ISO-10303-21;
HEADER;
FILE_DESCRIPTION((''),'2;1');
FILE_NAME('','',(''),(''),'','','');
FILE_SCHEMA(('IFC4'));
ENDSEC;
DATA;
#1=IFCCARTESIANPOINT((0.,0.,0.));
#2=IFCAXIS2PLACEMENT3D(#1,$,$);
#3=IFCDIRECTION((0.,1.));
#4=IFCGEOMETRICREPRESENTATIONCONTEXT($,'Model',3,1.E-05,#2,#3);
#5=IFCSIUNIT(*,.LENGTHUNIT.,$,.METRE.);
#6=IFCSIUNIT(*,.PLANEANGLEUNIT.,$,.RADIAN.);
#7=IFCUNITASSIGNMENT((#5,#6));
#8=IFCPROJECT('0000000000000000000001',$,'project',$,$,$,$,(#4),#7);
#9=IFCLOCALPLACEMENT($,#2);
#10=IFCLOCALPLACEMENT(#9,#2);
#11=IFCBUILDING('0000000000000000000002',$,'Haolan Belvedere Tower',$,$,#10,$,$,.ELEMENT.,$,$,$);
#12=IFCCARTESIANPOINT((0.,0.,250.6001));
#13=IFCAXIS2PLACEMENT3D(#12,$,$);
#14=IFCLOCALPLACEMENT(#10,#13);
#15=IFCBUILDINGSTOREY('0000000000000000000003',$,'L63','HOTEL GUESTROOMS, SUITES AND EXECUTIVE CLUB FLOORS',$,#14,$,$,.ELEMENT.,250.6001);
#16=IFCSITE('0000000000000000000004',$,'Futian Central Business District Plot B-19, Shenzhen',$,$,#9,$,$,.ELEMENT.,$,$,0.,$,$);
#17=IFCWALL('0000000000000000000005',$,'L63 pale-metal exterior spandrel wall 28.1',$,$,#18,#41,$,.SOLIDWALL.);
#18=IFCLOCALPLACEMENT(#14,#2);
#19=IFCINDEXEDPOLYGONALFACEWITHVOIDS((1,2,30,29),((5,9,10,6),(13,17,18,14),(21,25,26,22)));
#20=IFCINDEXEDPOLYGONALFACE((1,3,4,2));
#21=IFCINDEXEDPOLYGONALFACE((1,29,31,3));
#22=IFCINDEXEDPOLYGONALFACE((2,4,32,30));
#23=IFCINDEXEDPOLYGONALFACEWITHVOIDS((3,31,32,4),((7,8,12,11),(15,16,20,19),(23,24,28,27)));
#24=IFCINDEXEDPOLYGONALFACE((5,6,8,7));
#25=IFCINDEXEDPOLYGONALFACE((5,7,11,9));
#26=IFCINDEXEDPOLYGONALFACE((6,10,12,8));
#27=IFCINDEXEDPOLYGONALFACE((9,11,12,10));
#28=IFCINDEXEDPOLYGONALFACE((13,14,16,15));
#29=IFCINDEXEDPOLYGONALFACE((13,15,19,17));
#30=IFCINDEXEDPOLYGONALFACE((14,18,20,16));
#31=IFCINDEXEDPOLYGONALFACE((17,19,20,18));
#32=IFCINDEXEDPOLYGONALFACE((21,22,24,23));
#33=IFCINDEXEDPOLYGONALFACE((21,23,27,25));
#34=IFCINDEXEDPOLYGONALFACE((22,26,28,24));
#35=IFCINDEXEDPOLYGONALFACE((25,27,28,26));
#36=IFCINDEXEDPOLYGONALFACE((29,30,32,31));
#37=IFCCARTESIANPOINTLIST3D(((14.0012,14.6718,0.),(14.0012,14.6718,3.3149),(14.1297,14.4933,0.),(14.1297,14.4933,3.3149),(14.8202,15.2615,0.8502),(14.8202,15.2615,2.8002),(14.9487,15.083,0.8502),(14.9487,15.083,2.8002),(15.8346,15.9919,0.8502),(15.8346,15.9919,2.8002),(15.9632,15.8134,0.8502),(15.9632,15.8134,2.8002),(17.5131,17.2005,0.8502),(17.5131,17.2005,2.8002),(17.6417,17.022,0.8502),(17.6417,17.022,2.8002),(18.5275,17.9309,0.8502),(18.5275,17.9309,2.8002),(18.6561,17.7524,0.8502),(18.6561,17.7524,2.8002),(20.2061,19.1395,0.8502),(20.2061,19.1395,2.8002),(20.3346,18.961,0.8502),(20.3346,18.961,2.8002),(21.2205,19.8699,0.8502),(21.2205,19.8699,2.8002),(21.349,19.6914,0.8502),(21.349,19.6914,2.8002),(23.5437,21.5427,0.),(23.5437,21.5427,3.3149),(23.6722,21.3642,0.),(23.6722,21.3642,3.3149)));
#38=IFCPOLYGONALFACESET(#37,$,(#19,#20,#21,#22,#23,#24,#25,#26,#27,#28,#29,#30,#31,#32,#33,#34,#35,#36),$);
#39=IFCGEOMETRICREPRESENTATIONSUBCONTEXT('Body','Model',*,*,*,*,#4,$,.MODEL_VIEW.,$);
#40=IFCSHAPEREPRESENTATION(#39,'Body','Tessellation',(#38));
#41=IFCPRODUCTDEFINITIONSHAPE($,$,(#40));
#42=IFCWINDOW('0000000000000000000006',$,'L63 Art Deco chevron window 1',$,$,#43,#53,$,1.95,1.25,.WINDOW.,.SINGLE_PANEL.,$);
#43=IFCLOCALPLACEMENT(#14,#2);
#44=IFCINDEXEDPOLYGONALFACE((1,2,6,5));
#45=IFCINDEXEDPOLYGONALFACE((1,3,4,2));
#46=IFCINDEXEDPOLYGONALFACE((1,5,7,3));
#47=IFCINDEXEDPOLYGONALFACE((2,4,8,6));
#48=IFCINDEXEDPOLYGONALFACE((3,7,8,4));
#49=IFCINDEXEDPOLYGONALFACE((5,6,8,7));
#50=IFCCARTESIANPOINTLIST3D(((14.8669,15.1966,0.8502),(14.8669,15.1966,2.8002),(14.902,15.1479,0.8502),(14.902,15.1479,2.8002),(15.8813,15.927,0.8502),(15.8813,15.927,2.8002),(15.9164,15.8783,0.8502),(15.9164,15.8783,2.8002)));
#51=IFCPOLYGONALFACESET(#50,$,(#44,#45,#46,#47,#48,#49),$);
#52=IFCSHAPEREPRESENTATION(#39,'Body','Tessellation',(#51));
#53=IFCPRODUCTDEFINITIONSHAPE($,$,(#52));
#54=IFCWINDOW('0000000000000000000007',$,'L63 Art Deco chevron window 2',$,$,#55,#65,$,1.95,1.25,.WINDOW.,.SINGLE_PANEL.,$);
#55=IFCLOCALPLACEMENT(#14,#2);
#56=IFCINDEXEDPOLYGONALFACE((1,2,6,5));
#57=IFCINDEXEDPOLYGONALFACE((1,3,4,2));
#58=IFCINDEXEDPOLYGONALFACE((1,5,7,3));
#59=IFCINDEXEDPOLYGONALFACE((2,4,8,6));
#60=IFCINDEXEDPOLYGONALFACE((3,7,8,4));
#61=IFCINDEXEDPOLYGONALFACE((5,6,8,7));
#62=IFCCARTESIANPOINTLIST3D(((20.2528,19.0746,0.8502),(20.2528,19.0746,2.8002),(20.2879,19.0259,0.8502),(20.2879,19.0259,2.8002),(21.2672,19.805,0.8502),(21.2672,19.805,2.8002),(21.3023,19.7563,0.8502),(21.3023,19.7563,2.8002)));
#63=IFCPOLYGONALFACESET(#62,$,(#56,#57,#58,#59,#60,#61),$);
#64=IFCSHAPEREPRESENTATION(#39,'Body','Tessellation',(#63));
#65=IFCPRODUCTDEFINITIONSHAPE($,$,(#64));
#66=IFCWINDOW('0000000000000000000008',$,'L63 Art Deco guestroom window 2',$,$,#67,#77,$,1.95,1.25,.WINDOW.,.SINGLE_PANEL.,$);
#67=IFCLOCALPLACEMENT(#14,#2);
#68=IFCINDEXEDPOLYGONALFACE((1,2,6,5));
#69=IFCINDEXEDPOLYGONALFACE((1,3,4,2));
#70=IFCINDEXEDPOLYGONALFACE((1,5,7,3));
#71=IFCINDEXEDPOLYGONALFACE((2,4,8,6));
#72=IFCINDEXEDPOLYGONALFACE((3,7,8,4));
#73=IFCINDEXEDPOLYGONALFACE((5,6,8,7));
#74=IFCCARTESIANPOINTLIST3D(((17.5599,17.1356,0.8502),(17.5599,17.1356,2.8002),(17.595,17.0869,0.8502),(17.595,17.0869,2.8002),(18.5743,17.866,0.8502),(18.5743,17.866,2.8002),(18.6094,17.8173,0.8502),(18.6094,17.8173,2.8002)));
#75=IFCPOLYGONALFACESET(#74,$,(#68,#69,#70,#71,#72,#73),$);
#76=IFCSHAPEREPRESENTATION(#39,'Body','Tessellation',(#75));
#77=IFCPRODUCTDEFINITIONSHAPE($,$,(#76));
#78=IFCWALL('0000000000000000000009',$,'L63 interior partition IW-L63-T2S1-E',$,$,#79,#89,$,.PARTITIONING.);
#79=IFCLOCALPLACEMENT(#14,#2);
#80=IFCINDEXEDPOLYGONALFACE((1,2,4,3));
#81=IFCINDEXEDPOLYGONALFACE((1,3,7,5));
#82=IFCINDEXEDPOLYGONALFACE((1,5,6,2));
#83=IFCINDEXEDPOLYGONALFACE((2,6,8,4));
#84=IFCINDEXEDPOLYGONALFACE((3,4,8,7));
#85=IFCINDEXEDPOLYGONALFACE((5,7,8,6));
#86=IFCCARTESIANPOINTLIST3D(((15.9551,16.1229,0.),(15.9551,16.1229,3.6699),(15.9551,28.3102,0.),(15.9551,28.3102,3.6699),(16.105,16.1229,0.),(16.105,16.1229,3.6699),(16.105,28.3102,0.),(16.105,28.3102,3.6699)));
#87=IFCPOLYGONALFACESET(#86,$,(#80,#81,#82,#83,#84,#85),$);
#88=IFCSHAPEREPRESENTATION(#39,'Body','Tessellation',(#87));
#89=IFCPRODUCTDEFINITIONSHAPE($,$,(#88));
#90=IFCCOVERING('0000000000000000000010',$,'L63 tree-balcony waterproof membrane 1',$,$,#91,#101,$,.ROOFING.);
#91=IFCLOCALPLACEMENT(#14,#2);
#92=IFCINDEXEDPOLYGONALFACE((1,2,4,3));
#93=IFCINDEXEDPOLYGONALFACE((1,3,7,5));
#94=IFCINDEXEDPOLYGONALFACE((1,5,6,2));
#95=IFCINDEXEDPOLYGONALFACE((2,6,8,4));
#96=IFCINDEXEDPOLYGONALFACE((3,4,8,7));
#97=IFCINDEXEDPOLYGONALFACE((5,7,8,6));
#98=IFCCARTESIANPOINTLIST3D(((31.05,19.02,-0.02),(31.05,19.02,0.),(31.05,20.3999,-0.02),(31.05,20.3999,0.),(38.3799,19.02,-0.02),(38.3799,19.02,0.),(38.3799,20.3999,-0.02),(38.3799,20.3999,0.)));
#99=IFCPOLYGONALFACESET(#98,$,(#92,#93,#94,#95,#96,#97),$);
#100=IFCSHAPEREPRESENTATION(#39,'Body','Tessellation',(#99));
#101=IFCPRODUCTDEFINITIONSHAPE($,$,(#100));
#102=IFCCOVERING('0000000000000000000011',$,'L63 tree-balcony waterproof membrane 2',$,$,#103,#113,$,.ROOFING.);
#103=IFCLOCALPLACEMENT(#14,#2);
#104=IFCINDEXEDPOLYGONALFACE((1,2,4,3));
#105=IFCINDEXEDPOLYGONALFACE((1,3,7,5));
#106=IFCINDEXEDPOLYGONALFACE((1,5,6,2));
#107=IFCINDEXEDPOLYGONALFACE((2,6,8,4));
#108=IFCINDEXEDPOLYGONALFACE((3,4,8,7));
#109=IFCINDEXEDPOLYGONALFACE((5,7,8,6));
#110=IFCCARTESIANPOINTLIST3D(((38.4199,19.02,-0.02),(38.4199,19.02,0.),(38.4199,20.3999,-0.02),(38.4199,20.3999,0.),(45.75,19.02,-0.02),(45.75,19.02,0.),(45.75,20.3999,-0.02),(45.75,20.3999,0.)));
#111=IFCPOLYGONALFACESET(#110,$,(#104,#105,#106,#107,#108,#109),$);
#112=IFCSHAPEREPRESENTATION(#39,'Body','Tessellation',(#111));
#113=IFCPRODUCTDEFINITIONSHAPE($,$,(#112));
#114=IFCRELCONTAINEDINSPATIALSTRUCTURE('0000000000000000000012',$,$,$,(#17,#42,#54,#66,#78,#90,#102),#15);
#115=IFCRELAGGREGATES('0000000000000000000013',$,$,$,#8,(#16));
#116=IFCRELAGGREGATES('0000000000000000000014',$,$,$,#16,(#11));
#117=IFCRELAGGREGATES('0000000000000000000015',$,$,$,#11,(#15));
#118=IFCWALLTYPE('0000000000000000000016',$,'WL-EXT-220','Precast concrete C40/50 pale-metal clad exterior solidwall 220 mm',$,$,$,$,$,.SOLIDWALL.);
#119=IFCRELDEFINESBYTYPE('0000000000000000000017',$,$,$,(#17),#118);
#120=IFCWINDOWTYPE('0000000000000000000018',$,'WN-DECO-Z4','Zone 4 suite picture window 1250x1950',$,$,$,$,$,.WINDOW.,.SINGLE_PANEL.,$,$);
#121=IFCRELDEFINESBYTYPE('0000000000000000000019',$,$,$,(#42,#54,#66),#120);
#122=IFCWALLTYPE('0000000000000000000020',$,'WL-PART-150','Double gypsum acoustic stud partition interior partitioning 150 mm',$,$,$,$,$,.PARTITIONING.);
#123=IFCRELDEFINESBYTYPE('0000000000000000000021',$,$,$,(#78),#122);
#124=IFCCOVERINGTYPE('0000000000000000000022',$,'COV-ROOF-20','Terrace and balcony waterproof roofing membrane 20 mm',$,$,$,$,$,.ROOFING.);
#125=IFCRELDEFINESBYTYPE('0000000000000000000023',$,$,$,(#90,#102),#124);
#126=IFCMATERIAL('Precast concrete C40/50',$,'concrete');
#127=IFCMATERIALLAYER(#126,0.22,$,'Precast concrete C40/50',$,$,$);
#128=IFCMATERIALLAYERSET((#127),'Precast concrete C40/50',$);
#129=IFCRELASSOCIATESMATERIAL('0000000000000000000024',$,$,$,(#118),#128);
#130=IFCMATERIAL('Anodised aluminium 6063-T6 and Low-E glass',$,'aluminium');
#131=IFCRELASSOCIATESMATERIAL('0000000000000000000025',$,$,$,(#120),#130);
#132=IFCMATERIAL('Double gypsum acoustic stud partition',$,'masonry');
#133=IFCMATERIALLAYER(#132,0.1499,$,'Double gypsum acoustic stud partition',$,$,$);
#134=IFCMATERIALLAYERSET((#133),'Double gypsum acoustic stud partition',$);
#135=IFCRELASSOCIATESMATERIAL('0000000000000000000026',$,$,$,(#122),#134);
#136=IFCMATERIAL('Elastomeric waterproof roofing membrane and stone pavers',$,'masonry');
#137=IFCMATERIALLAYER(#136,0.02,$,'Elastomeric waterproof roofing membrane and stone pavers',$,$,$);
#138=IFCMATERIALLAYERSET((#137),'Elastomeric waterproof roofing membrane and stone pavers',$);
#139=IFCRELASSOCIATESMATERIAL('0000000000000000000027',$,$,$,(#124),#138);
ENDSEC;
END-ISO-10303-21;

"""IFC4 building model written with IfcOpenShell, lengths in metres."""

from ifc_helpers import new_model, si_unit, direction, frame, frame_2d, origin, place, context, subcontext, project, spatial, polyline, rectangle, outline, extrude, material, layer, layer_set, type_object, element, fill, save


model = new_model("IFC4")

# Units and contexts
model_context = context("Model", 3, precision=1e-05, world=origin(), true_north=direction((0.0, 1.0)))
body_context = subcontext(model_context, "Body", "Model", "MODEL_VIEW")
ifc_project = project(units=[si_unit("LENGTHUNIT", "METRE"), si_unit("PLANEANGLEUNIT", "RADIAN")], contexts=[model_context])

# Site, building, storey
site_placement = place(None, origin())
site = spatial("IfcSite", under=ifc_project, at=site_placement, Name="Futian Central Business District Plot B-19, Shenzhen", CompositionType="ELEMENT", RefElevation=0.0)
building_placement = place(site_placement, origin())
building = spatial("IfcBuilding", under=site, at=building_placement, Name="Haolan Belvedere Tower", CompositionType="ELEMENT")
storey_placement = place(building_placement, frame((0.0, 0.0, 250.6001)))
storey = spatial("IfcBuildingStorey", under=building, at=storey_placement, Name="L63", Description="HOTEL GUESTROOMS, SUITES AND EXECUTIVE CLUB FLOORS", CompositionType="ELEMENT", Elevation=250.6001)

# Shared definitions
ifc_material_1 = material(Name="Precast concrete C40/50", Category="concrete")
ifc_layer_1 = layer(ifc_material_1, 0.22, Name="Precast concrete C40/50")
ifc_layer_set_1 = layer_set([ifc_layer_1], Name="Precast concrete C40/50")
wall_type_1 = type_object("IfcWallType", Name="WL-EXT-220", Description="Precast concrete C40/50 pale-metal clad exterior solidwall 220 mm", PredefinedType="SOLIDWALL", material=ifc_layer_set_1)

# Wall, openings, windows
wall_1_placement = place(storey_placement, frame((14.0654, 14.5825, 0.0), z_axis=(0.0, 0.0, 1.0), x_axis=(0.811524, 0.584319, 0.0)))
wall_1 = element("IfcWall", 1, at=wall_1_placement, inside=storey, type_object=wall_type_1, Name="L63 pale-metal exterior spandrel wall 28.1", PredefinedType="SOLIDWALL", context=body_context, shape_type="SweptSolid", body=[
    extrude(rectangle(XDim=11.7588, YDim=0.22, at=frame_2d((5.8794, 0.0))), origin(), (0.0, 0.0, 1.0), 3.3149),
])
opening_1_placement = place(wall_1_placement, frame((1.0093, 0.0, 0.8501)))
opening_1 = element("IfcOpeningElement", 2, at=opening_1_placement, cuts=wall_1, PredefinedType="OPENING", context=body_context, shape_type="SweptSolid", body=[
    extrude(rectangle(XDim=1.25, YDim=1.95, at=frame_2d((0.625, 0.9751))), frame((0.0, 0.1199, 0.0), z_axis=(0.0, -1.0, 0.0), x_axis=(1.0, 0.0, 0.0)), (0.0, 0.0, 1.0), 0.24),
])
opening_2_placement = place(wall_1_placement, frame((7.646, 0.0, 0.8501)))
opening_2 = element("IfcOpeningElement", 3, at=opening_2_placement, cuts=wall_1, PredefinedType="OPENING", context=body_context, shape_type="SweptSolid", body=[
    extrude(rectangle(XDim=1.25, YDim=1.95, at=frame_2d((0.625, 0.9751))), frame((0.0, 0.1199, 0.0), z_axis=(0.0, -1.0, 0.0), x_axis=(1.0, 0.0, 0.0)), (0.0, 0.0, 1.0), 0.24),
])
opening_3_placement = place(wall_1_placement, frame((4.3276, 0.0, 0.8501)))
opening_3 = element("IfcOpeningElement", 4, at=opening_3_placement, cuts=wall_1, PredefinedType="OPENING", context=body_context, shape_type="SweptSolid", body=[
    extrude(rectangle(XDim=1.25, YDim=1.95, at=frame_2d((0.625, 0.9751))), frame((0.0, 0.1199, 0.0), z_axis=(0.0, -1.0, 0.0), x_axis=(1.0, 0.0, 0.0)), (0.0, 0.0, 1.0), 0.24),
])
ifc_material_2 = material(Name="Anodised aluminium 6063-T6 and Low-E glass", Category="aluminium")
window_type = type_object("IfcWindowType", Name="WN-DECO-Z4", Description="Zone 4 suite picture window 1250x1950", PartitioningType="SINGLE_PANEL", PredefinedType="WINDOW", material=ifc_material_2)
window_1_placement = place(opening_1_placement, origin())
window_1 = element("IfcWindow", 5, at=window_1_placement, inside=storey, type_object=window_type, Name="L63 Art Deco chevron window 1", OverallHeight=1.95, OverallWidth=1.25, PartitioningType="SINGLE_PANEL", PredefinedType="WINDOW", context=body_context, shape_type="SweptSolid", body=[
    extrude(rectangle(XDim=1.25, YDim=1.95, at=frame_2d((0.625, 0.9751))), frame((0.0, 0.03, 0.0), z_axis=(0.0, -1.0, 0.0), x_axis=(1.0, 0.0, 0.0)), (0.0, 0.0, 1.0), 0.0601),
])
fill(opening_1, window_1)
window_2_placement = place(opening_2_placement, origin())
window_2 = element("IfcWindow", 6, at=window_2_placement, inside=storey, type_object=window_type, Name="L63 Art Deco chevron window 2", OverallHeight=1.95, OverallWidth=1.25, PartitioningType="SINGLE_PANEL", PredefinedType="WINDOW", context=body_context, shape_type="SweptSolid", body=[
    extrude(rectangle(XDim=1.25, YDim=1.95, at=frame_2d((0.625, 0.9751))), frame((0.0, 0.03, 0.0), z_axis=(0.0, -1.0, 0.0), x_axis=(1.0, 0.0, 0.0)), (0.0, 0.0, 1.0), 0.0601),
])
fill(opening_2, window_2)
window_3_placement = place(opening_3_placement, origin())
window_3 = element("IfcWindow", 7, at=window_3_placement, inside=storey, type_object=window_type, Name="L63 Art Deco guestroom window 2", OverallHeight=1.95, OverallWidth=1.25, PartitioningType="SINGLE_PANEL", PredefinedType="WINDOW", context=body_context, shape_type="SweptSolid", body=[
    extrude(rectangle(XDim=1.25, YDim=1.95, at=frame_2d((0.625, 0.9751))), frame((0.0, 0.03, 0.0), z_axis=(0.0, -1.0, 0.0), x_axis=(1.0, 0.0, 0.0)), (0.0, 0.0, 1.0), 0.0601),
])
fill(opening_3, window_3)

# Wall
ifc_material_3 = material(Name="Double gypsum acoustic stud partition", Category="masonry")
ifc_layer_2 = layer(ifc_material_3, 0.1499, Name="Double gypsum acoustic stud partition")
ifc_layer_set_2 = layer_set([ifc_layer_2], Name="Double gypsum acoustic stud partition")
wall_type_2 = type_object("IfcWallType", Name="WL-PART-150", Description="Double gypsum acoustic stud partition interior partitioning 150 mm", PredefinedType="PARTITIONING", material=ifc_layer_set_2)
wall_2_placement = place(storey_placement, frame((16.03, 16.1228, 0.0), z_axis=(0.0, 0.0, 1.0), x_axis=(0.0, 1.0, 0.0)))
element("IfcWall", 8, at=wall_2_placement, inside=storey, type_object=wall_type_2, Name="L63 interior partition IW-L63-T2S1-E", PredefinedType="PARTITIONING", context=body_context, shape_type="SweptSolid", body=[
    extrude(rectangle(XDim=12.1873, YDim=0.1499, at=frame_2d((6.0938, 0.0))), origin(), (0.0, 0.0, 1.0), 3.6699),
])

# Coverings
ifc_material_4 = material(Name="Elastomeric waterproof roofing membrane and stone pavers", Category="masonry")
ifc_layer_3 = layer(ifc_material_4, 0.02, Name="Elastomeric waterproof roofing membrane and stone pavers")
ifc_layer_set_3 = layer_set([ifc_layer_3], Name="Elastomeric waterproof roofing membrane and stone pavers")
covering_type = type_object("IfcCoveringType", Name="COV-ROOF-20", Description="Terrace and balcony waterproof roofing membrane 20 mm", PredefinedType="ROOFING", material=ifc_layer_set_3)
covering_1_placement = place(storey_placement, frame((0.0, 0.0, -0.02)))
element("IfcCovering", 9, at=covering_1_placement, inside=storey, type_object=covering_type, Name="L63 tree-balcony waterproof membrane 1", PredefinedType="ROOFING", context=body_context, shape_type="SweptSolid", body=[
    extrude(outline(polyline([(31.05, 19.02), (38.3799, 19.02), (38.3799, 20.3999), (31.05, 20.3999), (31.05, 19.02)])), origin(), (0.0, 0.0, 1.0), 0.02),
])
covering_2_placement = place(storey_placement, frame((0.0, 0.0, -0.02)))
element("IfcCovering", 10, at=covering_2_placement, inside=storey, type_object=covering_type, Name="L63 tree-balcony waterproof membrane 2", PredefinedType="ROOFING", context=body_context, shape_type="SweptSolid", body=[
    extrude(outline(polyline([(38.4199, 19.02), (45.75, 19.02), (45.75, 20.3999), (38.4199, 20.3999), (38.4199, 19.02)])), origin(), (0.0, 0.0, 1.0), 0.02),
])

save(model, "model.ifc")
